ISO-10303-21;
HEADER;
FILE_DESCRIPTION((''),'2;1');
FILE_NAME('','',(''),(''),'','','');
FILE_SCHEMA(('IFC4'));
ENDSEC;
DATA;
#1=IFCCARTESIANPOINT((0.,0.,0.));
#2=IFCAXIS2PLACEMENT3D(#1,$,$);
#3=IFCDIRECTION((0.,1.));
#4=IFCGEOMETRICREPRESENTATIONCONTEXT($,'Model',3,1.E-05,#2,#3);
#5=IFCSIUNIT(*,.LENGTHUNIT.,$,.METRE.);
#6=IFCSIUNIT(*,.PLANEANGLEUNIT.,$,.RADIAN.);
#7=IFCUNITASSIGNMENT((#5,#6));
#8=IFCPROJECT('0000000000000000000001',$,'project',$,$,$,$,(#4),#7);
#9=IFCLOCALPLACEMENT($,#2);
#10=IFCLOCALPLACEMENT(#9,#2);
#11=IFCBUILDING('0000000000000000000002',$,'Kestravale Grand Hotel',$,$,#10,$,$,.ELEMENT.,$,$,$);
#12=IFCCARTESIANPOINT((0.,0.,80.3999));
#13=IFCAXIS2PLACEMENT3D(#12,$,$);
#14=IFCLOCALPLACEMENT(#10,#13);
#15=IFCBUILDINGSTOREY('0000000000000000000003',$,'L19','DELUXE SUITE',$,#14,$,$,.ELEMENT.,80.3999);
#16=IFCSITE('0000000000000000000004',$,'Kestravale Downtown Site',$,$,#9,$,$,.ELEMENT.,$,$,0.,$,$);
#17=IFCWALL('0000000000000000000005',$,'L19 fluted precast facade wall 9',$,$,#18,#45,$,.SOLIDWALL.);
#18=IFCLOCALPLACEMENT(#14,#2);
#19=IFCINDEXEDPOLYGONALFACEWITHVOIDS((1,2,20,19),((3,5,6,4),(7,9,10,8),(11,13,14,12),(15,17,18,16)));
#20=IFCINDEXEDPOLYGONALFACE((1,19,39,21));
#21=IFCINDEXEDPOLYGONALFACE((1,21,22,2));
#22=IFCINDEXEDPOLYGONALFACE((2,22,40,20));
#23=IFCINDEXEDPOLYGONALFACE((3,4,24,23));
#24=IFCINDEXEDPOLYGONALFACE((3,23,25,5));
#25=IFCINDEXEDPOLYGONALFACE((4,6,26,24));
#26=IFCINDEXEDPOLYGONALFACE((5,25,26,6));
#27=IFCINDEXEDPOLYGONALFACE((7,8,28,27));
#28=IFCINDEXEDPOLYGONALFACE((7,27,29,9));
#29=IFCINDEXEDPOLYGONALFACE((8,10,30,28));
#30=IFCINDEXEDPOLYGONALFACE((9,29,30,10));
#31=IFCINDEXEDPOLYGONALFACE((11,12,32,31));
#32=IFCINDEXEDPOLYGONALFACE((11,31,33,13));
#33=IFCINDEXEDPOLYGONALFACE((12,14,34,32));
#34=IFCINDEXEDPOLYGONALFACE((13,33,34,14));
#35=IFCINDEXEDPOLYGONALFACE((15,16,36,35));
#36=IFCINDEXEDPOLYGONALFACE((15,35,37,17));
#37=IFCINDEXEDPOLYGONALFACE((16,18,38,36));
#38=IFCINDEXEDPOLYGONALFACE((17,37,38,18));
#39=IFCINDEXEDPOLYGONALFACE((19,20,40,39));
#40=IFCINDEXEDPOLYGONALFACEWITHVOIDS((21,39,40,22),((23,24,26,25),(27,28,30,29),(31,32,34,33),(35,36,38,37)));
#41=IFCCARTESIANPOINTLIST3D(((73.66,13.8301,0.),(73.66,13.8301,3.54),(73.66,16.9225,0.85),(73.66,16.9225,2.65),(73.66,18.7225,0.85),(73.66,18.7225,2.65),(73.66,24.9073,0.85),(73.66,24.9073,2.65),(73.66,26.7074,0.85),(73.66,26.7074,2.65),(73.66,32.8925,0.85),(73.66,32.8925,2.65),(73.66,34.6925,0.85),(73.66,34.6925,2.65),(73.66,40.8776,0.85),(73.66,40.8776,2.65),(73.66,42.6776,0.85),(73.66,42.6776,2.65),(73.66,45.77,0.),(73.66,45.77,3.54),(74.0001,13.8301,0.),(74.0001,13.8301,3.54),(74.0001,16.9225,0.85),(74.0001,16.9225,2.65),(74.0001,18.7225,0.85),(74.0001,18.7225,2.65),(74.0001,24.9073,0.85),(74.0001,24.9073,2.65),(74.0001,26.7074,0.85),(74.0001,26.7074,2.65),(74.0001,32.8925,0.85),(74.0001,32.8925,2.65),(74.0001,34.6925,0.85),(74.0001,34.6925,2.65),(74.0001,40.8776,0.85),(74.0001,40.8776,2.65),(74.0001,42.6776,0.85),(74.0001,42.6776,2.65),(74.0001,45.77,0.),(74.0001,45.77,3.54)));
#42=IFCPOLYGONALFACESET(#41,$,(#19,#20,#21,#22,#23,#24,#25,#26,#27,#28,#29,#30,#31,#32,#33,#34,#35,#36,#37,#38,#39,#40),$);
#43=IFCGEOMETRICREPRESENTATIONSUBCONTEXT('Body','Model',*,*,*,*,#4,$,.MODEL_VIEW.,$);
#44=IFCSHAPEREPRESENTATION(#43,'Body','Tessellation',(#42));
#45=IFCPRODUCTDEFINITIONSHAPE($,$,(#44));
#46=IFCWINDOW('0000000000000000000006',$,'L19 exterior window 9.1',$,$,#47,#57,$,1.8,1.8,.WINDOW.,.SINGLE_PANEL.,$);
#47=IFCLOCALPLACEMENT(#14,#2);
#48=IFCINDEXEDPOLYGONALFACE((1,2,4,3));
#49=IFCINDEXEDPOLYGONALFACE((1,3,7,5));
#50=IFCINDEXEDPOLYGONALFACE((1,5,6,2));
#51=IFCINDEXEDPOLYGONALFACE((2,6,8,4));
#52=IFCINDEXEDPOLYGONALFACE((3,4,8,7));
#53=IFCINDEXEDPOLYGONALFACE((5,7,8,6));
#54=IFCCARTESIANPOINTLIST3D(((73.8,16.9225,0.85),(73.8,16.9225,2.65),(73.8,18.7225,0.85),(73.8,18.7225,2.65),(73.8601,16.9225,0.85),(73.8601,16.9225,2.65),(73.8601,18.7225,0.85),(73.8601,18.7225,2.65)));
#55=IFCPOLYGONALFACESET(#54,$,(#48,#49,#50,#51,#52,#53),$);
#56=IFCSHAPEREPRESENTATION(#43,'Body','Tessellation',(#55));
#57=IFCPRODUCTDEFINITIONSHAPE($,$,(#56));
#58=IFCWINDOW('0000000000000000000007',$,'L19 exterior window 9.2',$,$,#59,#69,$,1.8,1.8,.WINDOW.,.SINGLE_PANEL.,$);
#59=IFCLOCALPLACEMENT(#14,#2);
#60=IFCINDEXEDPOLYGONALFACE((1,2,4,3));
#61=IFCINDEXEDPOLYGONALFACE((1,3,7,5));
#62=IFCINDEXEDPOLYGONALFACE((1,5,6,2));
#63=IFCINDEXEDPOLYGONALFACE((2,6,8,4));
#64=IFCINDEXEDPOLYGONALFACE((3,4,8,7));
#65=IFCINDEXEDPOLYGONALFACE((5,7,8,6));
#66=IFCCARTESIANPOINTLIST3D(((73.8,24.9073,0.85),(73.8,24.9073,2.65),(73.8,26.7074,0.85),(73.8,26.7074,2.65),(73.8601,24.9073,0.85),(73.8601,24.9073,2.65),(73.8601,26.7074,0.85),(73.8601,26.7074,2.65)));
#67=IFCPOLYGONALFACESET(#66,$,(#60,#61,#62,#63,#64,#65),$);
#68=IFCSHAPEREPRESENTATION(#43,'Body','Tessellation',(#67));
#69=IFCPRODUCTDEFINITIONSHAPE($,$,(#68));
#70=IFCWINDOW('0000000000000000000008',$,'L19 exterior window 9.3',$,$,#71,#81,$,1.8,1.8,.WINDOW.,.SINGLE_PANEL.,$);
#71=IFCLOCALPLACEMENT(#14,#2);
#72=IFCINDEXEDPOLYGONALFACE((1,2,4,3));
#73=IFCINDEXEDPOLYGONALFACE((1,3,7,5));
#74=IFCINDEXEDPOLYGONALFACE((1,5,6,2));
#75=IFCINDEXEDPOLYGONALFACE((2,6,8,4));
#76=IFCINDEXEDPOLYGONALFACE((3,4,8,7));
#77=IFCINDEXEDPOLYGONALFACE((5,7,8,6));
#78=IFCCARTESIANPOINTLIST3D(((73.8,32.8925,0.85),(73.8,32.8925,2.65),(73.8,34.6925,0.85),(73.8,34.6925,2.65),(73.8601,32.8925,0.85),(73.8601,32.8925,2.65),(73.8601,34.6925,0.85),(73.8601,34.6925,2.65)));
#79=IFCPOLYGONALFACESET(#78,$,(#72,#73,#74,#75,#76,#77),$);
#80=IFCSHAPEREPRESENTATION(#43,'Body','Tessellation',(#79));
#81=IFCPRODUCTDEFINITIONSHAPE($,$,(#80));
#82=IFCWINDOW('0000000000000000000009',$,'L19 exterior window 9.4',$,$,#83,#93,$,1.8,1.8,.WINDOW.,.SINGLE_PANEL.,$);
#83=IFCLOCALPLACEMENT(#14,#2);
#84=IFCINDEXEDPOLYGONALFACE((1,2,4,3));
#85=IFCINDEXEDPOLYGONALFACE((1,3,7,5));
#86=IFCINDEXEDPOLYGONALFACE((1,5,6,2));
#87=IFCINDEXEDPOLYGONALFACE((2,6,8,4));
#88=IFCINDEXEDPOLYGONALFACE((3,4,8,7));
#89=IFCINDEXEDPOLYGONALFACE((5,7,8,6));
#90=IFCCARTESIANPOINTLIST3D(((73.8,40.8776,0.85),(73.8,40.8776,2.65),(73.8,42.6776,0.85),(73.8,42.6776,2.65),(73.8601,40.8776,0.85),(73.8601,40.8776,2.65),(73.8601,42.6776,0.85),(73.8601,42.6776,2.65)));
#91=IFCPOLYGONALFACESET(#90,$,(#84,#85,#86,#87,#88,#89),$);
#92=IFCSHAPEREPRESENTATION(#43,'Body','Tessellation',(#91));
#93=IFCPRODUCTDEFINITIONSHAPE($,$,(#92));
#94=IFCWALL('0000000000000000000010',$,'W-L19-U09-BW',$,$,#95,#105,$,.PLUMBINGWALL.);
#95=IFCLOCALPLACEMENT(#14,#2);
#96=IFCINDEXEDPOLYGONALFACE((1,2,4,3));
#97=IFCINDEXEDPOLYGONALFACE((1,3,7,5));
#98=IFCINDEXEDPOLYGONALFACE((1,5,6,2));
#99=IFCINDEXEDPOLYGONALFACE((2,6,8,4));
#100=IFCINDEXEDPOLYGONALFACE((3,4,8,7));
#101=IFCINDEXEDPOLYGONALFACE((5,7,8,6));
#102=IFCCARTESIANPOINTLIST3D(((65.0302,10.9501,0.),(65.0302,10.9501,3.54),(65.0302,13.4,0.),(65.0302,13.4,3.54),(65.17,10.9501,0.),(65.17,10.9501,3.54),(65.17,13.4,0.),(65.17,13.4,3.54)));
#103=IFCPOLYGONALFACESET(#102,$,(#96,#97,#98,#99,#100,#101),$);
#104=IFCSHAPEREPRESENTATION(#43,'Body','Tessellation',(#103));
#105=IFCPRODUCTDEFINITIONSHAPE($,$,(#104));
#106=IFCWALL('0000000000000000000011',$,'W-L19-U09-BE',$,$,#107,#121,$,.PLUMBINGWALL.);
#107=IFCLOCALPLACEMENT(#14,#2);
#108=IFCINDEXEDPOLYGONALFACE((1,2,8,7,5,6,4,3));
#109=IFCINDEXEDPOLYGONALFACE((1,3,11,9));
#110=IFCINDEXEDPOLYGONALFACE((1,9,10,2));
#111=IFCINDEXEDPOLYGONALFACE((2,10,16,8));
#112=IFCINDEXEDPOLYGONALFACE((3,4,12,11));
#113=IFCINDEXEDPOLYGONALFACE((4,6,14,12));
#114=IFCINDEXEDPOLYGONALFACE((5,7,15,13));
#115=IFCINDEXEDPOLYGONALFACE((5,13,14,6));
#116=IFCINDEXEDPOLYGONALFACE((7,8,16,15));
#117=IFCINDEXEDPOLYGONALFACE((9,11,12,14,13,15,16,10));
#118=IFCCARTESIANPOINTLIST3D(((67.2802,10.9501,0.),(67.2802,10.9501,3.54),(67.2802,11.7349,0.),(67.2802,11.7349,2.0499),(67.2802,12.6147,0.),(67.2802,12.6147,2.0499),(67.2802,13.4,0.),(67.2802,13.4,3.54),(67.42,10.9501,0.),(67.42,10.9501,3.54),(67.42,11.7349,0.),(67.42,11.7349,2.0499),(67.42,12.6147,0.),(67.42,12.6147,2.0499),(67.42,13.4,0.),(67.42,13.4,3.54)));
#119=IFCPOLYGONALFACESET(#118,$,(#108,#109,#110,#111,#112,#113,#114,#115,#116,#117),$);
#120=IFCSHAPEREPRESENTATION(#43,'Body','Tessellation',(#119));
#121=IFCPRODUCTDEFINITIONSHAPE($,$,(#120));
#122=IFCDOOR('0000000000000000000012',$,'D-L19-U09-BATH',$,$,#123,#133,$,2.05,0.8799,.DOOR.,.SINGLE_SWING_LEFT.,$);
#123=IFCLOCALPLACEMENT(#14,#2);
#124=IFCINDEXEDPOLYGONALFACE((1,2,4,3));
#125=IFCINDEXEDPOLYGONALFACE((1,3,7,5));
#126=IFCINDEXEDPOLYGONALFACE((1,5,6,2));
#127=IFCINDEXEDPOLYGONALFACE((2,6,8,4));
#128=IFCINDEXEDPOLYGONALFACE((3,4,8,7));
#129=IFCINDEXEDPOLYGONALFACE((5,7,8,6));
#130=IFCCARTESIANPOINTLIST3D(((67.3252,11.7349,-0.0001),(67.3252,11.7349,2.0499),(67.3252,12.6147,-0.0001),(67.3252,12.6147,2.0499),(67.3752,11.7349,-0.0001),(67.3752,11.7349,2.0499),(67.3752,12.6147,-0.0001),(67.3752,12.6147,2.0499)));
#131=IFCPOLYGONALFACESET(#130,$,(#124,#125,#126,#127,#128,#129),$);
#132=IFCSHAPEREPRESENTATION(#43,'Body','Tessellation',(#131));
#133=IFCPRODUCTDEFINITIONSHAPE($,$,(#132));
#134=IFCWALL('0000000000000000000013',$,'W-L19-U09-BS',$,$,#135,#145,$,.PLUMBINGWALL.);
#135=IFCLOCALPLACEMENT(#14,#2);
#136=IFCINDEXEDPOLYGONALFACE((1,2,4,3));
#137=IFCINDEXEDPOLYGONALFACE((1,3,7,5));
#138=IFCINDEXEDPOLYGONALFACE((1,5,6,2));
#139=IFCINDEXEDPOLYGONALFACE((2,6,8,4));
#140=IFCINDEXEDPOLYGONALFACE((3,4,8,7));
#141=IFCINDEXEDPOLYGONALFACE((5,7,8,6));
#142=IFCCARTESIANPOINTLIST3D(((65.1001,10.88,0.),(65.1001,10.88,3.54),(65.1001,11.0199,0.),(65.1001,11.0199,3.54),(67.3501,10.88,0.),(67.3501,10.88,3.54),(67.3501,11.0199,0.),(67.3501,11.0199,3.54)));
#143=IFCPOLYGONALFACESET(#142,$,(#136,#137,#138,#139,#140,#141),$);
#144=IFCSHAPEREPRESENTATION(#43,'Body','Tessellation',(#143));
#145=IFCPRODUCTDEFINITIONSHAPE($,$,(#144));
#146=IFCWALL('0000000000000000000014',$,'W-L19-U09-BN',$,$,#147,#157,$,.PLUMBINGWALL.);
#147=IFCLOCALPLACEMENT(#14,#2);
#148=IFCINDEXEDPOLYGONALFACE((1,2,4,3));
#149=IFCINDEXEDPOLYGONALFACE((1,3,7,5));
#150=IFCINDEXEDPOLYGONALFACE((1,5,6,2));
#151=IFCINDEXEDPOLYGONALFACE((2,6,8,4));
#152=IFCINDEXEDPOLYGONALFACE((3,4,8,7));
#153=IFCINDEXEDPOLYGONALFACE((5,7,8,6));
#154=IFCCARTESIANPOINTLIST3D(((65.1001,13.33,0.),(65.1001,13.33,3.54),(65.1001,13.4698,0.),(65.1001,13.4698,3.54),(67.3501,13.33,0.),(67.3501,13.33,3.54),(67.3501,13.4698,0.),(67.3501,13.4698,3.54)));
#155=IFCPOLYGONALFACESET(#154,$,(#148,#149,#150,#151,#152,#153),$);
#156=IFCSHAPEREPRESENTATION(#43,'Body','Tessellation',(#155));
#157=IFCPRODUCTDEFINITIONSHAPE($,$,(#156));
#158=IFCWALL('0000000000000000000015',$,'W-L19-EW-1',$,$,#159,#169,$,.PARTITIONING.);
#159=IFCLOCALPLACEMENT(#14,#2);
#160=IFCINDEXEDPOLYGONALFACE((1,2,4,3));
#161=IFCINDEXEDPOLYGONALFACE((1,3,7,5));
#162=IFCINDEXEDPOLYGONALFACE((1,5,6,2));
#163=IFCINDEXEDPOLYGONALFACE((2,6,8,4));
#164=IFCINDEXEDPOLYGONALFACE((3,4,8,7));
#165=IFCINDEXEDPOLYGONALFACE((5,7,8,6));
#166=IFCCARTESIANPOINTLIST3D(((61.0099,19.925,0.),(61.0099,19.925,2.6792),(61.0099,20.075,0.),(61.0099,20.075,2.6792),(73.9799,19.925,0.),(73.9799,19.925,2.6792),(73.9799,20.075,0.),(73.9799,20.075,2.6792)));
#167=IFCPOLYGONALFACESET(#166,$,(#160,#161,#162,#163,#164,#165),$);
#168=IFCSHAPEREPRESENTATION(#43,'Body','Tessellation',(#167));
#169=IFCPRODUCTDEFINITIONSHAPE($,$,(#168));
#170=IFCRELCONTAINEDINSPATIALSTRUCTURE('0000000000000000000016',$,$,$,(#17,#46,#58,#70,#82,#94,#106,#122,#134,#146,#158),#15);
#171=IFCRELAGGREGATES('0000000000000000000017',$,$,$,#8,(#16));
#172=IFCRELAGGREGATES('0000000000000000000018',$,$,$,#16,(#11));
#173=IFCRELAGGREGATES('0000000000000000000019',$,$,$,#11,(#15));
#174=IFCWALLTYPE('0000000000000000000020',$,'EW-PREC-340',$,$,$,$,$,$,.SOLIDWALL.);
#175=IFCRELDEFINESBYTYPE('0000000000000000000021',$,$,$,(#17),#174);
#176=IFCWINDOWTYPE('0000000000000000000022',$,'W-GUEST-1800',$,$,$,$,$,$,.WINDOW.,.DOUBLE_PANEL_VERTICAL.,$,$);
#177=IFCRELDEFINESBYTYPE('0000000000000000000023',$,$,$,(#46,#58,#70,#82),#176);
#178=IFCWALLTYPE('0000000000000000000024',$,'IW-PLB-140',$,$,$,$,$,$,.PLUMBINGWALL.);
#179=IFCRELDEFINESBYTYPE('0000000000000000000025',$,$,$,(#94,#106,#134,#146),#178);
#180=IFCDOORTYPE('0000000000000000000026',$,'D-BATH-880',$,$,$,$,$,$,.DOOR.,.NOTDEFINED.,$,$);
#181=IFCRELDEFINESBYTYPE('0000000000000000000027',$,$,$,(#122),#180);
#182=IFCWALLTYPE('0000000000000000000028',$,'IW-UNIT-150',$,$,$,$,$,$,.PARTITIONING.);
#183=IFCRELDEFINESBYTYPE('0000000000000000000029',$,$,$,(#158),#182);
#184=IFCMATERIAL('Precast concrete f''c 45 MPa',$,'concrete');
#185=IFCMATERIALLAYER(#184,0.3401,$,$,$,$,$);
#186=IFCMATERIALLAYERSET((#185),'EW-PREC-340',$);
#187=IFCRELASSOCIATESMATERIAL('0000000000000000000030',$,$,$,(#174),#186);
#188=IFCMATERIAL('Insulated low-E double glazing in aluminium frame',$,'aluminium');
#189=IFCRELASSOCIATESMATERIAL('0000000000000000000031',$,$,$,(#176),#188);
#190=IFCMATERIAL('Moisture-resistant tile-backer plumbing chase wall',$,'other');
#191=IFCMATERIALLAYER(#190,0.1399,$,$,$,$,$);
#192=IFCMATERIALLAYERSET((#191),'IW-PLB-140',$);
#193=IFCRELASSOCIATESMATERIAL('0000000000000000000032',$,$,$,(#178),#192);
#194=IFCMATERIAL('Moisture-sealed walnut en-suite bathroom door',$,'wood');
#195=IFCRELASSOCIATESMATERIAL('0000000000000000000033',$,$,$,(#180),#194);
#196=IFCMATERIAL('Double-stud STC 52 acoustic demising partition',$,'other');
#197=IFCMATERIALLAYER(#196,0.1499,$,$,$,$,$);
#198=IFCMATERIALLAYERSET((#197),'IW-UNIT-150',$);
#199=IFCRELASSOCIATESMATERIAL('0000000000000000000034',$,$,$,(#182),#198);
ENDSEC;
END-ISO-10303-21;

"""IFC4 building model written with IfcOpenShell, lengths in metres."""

from ifc_helpers import new_model, si_unit, direction, frame, frame_2d, origin, place, context, subcontext, project, spatial, rectangle, extrude, material, layer, layer_set, type_object, element, fill, save


model = new_model("IFC4")

# Units and contexts
model_context = context("Model", 3, precision=1e-05, world=origin(), true_north=direction((0.0, 1.0)))
body_context = subcontext(model_context, "Body", "Model", "MODEL_VIEW")
ifc_project = project(units=[si_unit("LENGTHUNIT", "METRE"), si_unit("PLANEANGLEUNIT", "RADIAN")], contexts=[model_context])

# Site, building, storey
site_placement = place(None, origin())
site = spatial("IfcSite", under=ifc_project, at=site_placement, Name="Kestravale Downtown Site", CompositionType="ELEMENT", RefElevation=0.0)
building_placement = place(site_placement, origin())
building = spatial("IfcBuilding", under=site, at=building_placement, Name="Kestravale Grand Hotel", CompositionType="ELEMENT")
storey_placement = place(building_placement, frame((0.0, 0.0, 80.3999)))
storey = spatial("IfcBuildingStorey", under=building, at=storey_placement, Name="L19", Description="DELUXE SUITE", CompositionType="ELEMENT", Elevation=80.3999)

# Shared definitions
ifc_material_1 = material(Name="Precast concrete f'c 45 MPa", Category="concrete")
ifc_layer_1 = layer(ifc_material_1, 0.3401)
ifc_layer_set_1 = layer_set([ifc_layer_1], Name="EW-PREC-340")
wall_type_1 = type_object("IfcWallType", Name="EW-PREC-340", PredefinedType="SOLIDWALL", material=ifc_layer_set_1)
ifc_material_2 = material(Name="Insulated low-E double glazing in aluminium frame", Category="aluminium")
window_type = type_object("IfcWindowType", Name="W-GUEST-1800", PartitioningType="DOUBLE_PANEL_VERTICAL", PredefinedType="WINDOW", material=ifc_material_2)

# Wall, openings, windows
wall_1_placement = place(storey_placement, frame((73.8301, 13.8301, 0.0), z_axis=(0.0, 0.0, 1.0), x_axis=(0.0, 1.0, 0.0)))
wall_1 = element("IfcWall", 1, at=wall_1_placement, inside=storey, type_object=wall_type_1, Name="L19 fluted precast facade wall 9", PredefinedType="SOLIDWALL", context=body_context, shape_type="SweptSolid", body=[
    extrude(rectangle(XDim=31.9399, YDim=0.3401, at=frame_2d((15.97, 0.0))), origin(), (0.0, 0.0, 1.0), 3.54),
])
opening_1_placement = place(wall_1_placement, frame((3.0925, 0.0, 0.8501)))
opening_1 = element("IfcOpeningElement", 2, at=opening_1_placement, cuts=wall_1, PredefinedType="OPENING", context=body_context, shape_type="SweptSolid", body=[
    extrude(rectangle(XDim=1.8, YDim=1.8, at=frame_2d((0.8999, 0.8999))), frame((0.0, 0.1799, 0.0), z_axis=(0.0, -1.0, 0.0), x_axis=(1.0, 0.0, 0.0)), (0.0, 0.0, 1.0), 0.3601),
])
opening_2_placement = place(wall_1_placement, frame((11.0774, 0.0, 0.8501)))
opening_2 = element("IfcOpeningElement", 3, at=opening_2_placement, cuts=wall_1, PredefinedType="OPENING", context=body_context, shape_type="SweptSolid", body=[
    extrude(rectangle(XDim=1.8, YDim=1.8, at=frame_2d((0.8999, 0.8999))), frame((0.0, 0.1799, 0.0), z_axis=(0.0, -1.0, 0.0), x_axis=(1.0, 0.0, 0.0)), (0.0, 0.0, 1.0), 0.3601),
])
opening_3_placement = place(wall_1_placement, frame((19.0625, 0.0, 0.8501)))
opening_3 = element("IfcOpeningElement", 4, at=opening_3_placement, cuts=wall_1, PredefinedType="OPENING", context=body_context, shape_type="SweptSolid", body=[
    extrude(rectangle(XDim=1.8, YDim=1.8, at=frame_2d((0.8999, 0.8999))), frame((0.0, 0.1799, 0.0), z_axis=(0.0, -1.0, 0.0), x_axis=(1.0, 0.0, 0.0)), (0.0, 0.0, 1.0), 0.3601),
])
opening_4_placement = place(wall_1_placement, frame((27.0476, 0.0, 0.8501)))
opening_4 = element("IfcOpeningElement", 5, at=opening_4_placement, cuts=wall_1, PredefinedType="OPENING", context=body_context, shape_type="SweptSolid", body=[
    extrude(rectangle(XDim=1.8, YDim=1.8, at=frame_2d((0.8999, 0.8999))), frame((0.0, 0.1799, 0.0), z_axis=(0.0, -1.0, 0.0), x_axis=(1.0, 0.0, 0.0)), (0.0, 0.0, 1.0), 0.3601),
])
window_1_placement = place(opening_1_placement, origin())
window_1 = element("IfcWindow", 6, at=window_1_placement, inside=storey, type_object=window_type, Name="L19 exterior window 9.1", OverallHeight=1.8, OverallWidth=1.8, PartitioningType="SINGLE_PANEL", PredefinedType="WINDOW", context=body_context, shape_type="SweptSolid", body=[
    extrude(rectangle(XDim=1.8, YDim=1.8, at=frame_2d((0.8999, 0.8999))), frame((0.0, 0.03, 0.0), z_axis=(0.0, -1.0, 0.0), x_axis=(1.0, 0.0, 0.0)), (0.0, 0.0, 1.0), 0.0601),
])
fill(opening_1, window_1)
window_2_placement = place(opening_2_placement, origin())
window_2 = element("IfcWindow", 7, at=window_2_placement, inside=storey, type_object=window_type, Name="L19 exterior window 9.2", OverallHeight=1.8, OverallWidth=1.8, PartitioningType="SINGLE_PANEL", PredefinedType="WINDOW", context=body_context, shape_type="SweptSolid", body=[
    extrude(rectangle(XDim=1.8, YDim=1.8, at=frame_2d((0.8999, 0.8999))), frame((0.0, 0.03, 0.0), z_axis=(0.0, -1.0, 0.0), x_axis=(1.0, 0.0, 0.0)), (0.0, 0.0, 1.0), 0.0601),
])
fill(opening_2, window_2)
window_3_placement = place(opening_3_placement, origin())
window_3 = element("IfcWindow", 8, at=window_3_placement, inside=storey, type_object=window_type, Name="L19 exterior window 9.3", OverallHeight=1.8, OverallWidth=1.8, PartitioningType="SINGLE_PANEL", PredefinedType="WINDOW", context=body_context, shape_type="SweptSolid", body=[
    extrude(rectangle(XDim=1.8, YDim=1.8, at=frame_2d((0.8999, 0.8999))), frame((0.0, 0.03, 0.0), z_axis=(0.0, -1.0, 0.0), x_axis=(1.0, 0.0, 0.0)), (0.0, 0.0, 1.0), 0.0601),
])
fill(opening_3, window_3)
window_4_placement = place(opening_4_placement, origin())
window_4 = element("IfcWindow", 9, at=window_4_placement, inside=storey, type_object=window_type, Name="L19 exterior window 9.4", OverallHeight=1.8, OverallWidth=1.8, PartitioningType="SINGLE_PANEL", PredefinedType="WINDOW", context=body_context, shape_type="SweptSolid", body=[
    extrude(rectangle(XDim=1.8, YDim=1.8, at=frame_2d((0.8999, 0.8999))), frame((0.0, 0.03, 0.0), z_axis=(0.0, -1.0, 0.0), x_axis=(1.0, 0.0, 0.0)), (0.0, 0.0, 1.0), 0.0601),
])
fill(opening_4, window_4)

# Wall
ifc_material_3 = material(Name="Moisture-resistant tile-backer plumbing chase wall", Category="other")
ifc_layer_2 = layer(ifc_material_3, 0.1399)
ifc_layer_set_2 = layer_set([ifc_layer_2], Name="IW-PLB-140")
wall_type_2 = type_object("IfcWallType", Name="IW-PLB-140", PredefinedType="PLUMBINGWALL", material=ifc_layer_set_2)
wall_2_placement = place(storey_placement, frame((65.1001, 10.95, 0.0), z_axis=(0.0, 0.0, 1.0), x_axis=(0.0, 1.0, 0.0)))
element("IfcWall", 10, at=wall_2_placement, inside=storey, type_object=wall_type_2, Name="W-L19-U09-BW", PredefinedType="PLUMBINGWALL", context=body_context, shape_type="SweptSolid", body=[
    extrude(rectangle(XDim=2.45, YDim=0.1399, at=frame_2d((1.2251, 0.0))), origin(), (0.0, 0.0, 1.0), 3.54),
])

# Wall, opening, door
wall_3_placement = place(storey_placement, frame((67.3501, 10.95, 0.0), z_axis=(0.0, 0.0, 1.0), x_axis=(0.0, 1.0, 0.0)))
wall_3 = element("IfcWall", 11, at=wall_3_placement, inside=storey, type_object=wall_type_2, Name="W-L19-U09-BE", PredefinedType="PLUMBINGWALL", context=body_context, shape_type="SweptSolid", body=[
    extrude(rectangle(XDim=2.45, YDim=0.1399, at=frame_2d((1.2251, 0.0))), origin(), (0.0, 0.0, 1.0), 3.54),
])
opening_5_placement = place(wall_3_placement, frame((0.7849, 0.0, 0.0)))
opening_5 = element("IfcOpeningElement", 12, at=opening_5_placement, cuts=wall_3, PredefinedType="OPENING", context=body_context, shape_type="SweptSolid", body=[
    extrude(rectangle(XDim=0.8799, YDim=2.05, at=frame_2d((0.4399, 1.0249))), frame((0.0, 0.0798, 0.0), z_axis=(0.0, -1.0, 0.0), x_axis=(1.0, 0.0, 0.0)), (0.0, 0.0, 1.0), 0.1599),
])
ifc_material_4 = material(Name="Moisture-sealed walnut en-suite bathroom door", Category="wood")
door_type = type_object("IfcDoorType", Name="D-BATH-880", OperationType="NOTDEFINED", PredefinedType="DOOR", material=ifc_material_4)
door_placement = place(opening_5_placement, origin())
door = element("IfcDoor", 13, at=door_placement, inside=storey, type_object=door_type, Name="D-L19-U09-BATH", OperationType="SINGLE_SWING_LEFT", OverallHeight=2.05, OverallWidth=0.8799, PredefinedType="DOOR", context=body_context, shape_type="SweptSolid", body=[
    extrude(rectangle(XDim=0.8799, YDim=2.05, at=frame_2d((0.4399, 1.0249))), frame((0.0, 0.0249, 0.0), z_axis=(0.0, -1.0, 0.0), x_axis=(1.0, 0.0, 0.0)), (0.0, 0.0, 1.0), 0.05),
])
fill(opening_5, door)

# Walls
for number, where, z_axis, x_axis, name in (
    (14, (65.1001, 10.95, 0.0), (0.0, 0.0, 1.0), (1.0, 0.0, 0.0), "W-L19-U09-BS"),
    (15, (65.1001, 13.3999, 0.0), (0.0, 0.0, 1.0), (1.0, 0.0, 0.0), "W-L19-U09-BN"),
):
    element("IfcWall", number, at=place(storey_placement, frame(where, z_axis=z_axis, x_axis=x_axis)), inside=storey, type_object=wall_type_2, Name=name, PredefinedType="PLUMBINGWALL", context=body_context, shape_type="SweptSolid", body=[
        extrude(rectangle(XDim=2.25, YDim=0.1399, at=frame_2d((1.125, 0.0))), origin(), (0.0, 0.0, 1.0), 3.54),
    ])
ifc_material_5 = material(Name="Double-stud STC 52 acoustic demising partition", Category="other")
ifc_layer_3 = layer(ifc_material_5, 0.1499)
ifc_layer_set_3 = layer_set([ifc_layer_3], Name="IW-UNIT-150")
wall_type_3 = type_object("IfcWallType", Name="IW-UNIT-150", PredefinedType="PARTITIONING", material=ifc_layer_set_3)
wall_4_placement = place(storey_placement, frame((61.01, 20.0, 0.0), z_axis=(0.0, 0.0, 1.0), x_axis=(1.0, 0.0, 0.0)))
element("IfcWall", 16, at=wall_4_placement, inside=storey, type_object=wall_type_3, Name="W-L19-EW-1", PredefinedType="PARTITIONING", context=body_context, shape_type="SweptSolid", body=[
    extrude(rectangle(XDim=12.97, YDim=0.1499, at=frame_2d((6.4849, 0.0))), origin(), (0.0, 0.0, 1.0), 2.6792),
])

save(model, "model.ifc")
